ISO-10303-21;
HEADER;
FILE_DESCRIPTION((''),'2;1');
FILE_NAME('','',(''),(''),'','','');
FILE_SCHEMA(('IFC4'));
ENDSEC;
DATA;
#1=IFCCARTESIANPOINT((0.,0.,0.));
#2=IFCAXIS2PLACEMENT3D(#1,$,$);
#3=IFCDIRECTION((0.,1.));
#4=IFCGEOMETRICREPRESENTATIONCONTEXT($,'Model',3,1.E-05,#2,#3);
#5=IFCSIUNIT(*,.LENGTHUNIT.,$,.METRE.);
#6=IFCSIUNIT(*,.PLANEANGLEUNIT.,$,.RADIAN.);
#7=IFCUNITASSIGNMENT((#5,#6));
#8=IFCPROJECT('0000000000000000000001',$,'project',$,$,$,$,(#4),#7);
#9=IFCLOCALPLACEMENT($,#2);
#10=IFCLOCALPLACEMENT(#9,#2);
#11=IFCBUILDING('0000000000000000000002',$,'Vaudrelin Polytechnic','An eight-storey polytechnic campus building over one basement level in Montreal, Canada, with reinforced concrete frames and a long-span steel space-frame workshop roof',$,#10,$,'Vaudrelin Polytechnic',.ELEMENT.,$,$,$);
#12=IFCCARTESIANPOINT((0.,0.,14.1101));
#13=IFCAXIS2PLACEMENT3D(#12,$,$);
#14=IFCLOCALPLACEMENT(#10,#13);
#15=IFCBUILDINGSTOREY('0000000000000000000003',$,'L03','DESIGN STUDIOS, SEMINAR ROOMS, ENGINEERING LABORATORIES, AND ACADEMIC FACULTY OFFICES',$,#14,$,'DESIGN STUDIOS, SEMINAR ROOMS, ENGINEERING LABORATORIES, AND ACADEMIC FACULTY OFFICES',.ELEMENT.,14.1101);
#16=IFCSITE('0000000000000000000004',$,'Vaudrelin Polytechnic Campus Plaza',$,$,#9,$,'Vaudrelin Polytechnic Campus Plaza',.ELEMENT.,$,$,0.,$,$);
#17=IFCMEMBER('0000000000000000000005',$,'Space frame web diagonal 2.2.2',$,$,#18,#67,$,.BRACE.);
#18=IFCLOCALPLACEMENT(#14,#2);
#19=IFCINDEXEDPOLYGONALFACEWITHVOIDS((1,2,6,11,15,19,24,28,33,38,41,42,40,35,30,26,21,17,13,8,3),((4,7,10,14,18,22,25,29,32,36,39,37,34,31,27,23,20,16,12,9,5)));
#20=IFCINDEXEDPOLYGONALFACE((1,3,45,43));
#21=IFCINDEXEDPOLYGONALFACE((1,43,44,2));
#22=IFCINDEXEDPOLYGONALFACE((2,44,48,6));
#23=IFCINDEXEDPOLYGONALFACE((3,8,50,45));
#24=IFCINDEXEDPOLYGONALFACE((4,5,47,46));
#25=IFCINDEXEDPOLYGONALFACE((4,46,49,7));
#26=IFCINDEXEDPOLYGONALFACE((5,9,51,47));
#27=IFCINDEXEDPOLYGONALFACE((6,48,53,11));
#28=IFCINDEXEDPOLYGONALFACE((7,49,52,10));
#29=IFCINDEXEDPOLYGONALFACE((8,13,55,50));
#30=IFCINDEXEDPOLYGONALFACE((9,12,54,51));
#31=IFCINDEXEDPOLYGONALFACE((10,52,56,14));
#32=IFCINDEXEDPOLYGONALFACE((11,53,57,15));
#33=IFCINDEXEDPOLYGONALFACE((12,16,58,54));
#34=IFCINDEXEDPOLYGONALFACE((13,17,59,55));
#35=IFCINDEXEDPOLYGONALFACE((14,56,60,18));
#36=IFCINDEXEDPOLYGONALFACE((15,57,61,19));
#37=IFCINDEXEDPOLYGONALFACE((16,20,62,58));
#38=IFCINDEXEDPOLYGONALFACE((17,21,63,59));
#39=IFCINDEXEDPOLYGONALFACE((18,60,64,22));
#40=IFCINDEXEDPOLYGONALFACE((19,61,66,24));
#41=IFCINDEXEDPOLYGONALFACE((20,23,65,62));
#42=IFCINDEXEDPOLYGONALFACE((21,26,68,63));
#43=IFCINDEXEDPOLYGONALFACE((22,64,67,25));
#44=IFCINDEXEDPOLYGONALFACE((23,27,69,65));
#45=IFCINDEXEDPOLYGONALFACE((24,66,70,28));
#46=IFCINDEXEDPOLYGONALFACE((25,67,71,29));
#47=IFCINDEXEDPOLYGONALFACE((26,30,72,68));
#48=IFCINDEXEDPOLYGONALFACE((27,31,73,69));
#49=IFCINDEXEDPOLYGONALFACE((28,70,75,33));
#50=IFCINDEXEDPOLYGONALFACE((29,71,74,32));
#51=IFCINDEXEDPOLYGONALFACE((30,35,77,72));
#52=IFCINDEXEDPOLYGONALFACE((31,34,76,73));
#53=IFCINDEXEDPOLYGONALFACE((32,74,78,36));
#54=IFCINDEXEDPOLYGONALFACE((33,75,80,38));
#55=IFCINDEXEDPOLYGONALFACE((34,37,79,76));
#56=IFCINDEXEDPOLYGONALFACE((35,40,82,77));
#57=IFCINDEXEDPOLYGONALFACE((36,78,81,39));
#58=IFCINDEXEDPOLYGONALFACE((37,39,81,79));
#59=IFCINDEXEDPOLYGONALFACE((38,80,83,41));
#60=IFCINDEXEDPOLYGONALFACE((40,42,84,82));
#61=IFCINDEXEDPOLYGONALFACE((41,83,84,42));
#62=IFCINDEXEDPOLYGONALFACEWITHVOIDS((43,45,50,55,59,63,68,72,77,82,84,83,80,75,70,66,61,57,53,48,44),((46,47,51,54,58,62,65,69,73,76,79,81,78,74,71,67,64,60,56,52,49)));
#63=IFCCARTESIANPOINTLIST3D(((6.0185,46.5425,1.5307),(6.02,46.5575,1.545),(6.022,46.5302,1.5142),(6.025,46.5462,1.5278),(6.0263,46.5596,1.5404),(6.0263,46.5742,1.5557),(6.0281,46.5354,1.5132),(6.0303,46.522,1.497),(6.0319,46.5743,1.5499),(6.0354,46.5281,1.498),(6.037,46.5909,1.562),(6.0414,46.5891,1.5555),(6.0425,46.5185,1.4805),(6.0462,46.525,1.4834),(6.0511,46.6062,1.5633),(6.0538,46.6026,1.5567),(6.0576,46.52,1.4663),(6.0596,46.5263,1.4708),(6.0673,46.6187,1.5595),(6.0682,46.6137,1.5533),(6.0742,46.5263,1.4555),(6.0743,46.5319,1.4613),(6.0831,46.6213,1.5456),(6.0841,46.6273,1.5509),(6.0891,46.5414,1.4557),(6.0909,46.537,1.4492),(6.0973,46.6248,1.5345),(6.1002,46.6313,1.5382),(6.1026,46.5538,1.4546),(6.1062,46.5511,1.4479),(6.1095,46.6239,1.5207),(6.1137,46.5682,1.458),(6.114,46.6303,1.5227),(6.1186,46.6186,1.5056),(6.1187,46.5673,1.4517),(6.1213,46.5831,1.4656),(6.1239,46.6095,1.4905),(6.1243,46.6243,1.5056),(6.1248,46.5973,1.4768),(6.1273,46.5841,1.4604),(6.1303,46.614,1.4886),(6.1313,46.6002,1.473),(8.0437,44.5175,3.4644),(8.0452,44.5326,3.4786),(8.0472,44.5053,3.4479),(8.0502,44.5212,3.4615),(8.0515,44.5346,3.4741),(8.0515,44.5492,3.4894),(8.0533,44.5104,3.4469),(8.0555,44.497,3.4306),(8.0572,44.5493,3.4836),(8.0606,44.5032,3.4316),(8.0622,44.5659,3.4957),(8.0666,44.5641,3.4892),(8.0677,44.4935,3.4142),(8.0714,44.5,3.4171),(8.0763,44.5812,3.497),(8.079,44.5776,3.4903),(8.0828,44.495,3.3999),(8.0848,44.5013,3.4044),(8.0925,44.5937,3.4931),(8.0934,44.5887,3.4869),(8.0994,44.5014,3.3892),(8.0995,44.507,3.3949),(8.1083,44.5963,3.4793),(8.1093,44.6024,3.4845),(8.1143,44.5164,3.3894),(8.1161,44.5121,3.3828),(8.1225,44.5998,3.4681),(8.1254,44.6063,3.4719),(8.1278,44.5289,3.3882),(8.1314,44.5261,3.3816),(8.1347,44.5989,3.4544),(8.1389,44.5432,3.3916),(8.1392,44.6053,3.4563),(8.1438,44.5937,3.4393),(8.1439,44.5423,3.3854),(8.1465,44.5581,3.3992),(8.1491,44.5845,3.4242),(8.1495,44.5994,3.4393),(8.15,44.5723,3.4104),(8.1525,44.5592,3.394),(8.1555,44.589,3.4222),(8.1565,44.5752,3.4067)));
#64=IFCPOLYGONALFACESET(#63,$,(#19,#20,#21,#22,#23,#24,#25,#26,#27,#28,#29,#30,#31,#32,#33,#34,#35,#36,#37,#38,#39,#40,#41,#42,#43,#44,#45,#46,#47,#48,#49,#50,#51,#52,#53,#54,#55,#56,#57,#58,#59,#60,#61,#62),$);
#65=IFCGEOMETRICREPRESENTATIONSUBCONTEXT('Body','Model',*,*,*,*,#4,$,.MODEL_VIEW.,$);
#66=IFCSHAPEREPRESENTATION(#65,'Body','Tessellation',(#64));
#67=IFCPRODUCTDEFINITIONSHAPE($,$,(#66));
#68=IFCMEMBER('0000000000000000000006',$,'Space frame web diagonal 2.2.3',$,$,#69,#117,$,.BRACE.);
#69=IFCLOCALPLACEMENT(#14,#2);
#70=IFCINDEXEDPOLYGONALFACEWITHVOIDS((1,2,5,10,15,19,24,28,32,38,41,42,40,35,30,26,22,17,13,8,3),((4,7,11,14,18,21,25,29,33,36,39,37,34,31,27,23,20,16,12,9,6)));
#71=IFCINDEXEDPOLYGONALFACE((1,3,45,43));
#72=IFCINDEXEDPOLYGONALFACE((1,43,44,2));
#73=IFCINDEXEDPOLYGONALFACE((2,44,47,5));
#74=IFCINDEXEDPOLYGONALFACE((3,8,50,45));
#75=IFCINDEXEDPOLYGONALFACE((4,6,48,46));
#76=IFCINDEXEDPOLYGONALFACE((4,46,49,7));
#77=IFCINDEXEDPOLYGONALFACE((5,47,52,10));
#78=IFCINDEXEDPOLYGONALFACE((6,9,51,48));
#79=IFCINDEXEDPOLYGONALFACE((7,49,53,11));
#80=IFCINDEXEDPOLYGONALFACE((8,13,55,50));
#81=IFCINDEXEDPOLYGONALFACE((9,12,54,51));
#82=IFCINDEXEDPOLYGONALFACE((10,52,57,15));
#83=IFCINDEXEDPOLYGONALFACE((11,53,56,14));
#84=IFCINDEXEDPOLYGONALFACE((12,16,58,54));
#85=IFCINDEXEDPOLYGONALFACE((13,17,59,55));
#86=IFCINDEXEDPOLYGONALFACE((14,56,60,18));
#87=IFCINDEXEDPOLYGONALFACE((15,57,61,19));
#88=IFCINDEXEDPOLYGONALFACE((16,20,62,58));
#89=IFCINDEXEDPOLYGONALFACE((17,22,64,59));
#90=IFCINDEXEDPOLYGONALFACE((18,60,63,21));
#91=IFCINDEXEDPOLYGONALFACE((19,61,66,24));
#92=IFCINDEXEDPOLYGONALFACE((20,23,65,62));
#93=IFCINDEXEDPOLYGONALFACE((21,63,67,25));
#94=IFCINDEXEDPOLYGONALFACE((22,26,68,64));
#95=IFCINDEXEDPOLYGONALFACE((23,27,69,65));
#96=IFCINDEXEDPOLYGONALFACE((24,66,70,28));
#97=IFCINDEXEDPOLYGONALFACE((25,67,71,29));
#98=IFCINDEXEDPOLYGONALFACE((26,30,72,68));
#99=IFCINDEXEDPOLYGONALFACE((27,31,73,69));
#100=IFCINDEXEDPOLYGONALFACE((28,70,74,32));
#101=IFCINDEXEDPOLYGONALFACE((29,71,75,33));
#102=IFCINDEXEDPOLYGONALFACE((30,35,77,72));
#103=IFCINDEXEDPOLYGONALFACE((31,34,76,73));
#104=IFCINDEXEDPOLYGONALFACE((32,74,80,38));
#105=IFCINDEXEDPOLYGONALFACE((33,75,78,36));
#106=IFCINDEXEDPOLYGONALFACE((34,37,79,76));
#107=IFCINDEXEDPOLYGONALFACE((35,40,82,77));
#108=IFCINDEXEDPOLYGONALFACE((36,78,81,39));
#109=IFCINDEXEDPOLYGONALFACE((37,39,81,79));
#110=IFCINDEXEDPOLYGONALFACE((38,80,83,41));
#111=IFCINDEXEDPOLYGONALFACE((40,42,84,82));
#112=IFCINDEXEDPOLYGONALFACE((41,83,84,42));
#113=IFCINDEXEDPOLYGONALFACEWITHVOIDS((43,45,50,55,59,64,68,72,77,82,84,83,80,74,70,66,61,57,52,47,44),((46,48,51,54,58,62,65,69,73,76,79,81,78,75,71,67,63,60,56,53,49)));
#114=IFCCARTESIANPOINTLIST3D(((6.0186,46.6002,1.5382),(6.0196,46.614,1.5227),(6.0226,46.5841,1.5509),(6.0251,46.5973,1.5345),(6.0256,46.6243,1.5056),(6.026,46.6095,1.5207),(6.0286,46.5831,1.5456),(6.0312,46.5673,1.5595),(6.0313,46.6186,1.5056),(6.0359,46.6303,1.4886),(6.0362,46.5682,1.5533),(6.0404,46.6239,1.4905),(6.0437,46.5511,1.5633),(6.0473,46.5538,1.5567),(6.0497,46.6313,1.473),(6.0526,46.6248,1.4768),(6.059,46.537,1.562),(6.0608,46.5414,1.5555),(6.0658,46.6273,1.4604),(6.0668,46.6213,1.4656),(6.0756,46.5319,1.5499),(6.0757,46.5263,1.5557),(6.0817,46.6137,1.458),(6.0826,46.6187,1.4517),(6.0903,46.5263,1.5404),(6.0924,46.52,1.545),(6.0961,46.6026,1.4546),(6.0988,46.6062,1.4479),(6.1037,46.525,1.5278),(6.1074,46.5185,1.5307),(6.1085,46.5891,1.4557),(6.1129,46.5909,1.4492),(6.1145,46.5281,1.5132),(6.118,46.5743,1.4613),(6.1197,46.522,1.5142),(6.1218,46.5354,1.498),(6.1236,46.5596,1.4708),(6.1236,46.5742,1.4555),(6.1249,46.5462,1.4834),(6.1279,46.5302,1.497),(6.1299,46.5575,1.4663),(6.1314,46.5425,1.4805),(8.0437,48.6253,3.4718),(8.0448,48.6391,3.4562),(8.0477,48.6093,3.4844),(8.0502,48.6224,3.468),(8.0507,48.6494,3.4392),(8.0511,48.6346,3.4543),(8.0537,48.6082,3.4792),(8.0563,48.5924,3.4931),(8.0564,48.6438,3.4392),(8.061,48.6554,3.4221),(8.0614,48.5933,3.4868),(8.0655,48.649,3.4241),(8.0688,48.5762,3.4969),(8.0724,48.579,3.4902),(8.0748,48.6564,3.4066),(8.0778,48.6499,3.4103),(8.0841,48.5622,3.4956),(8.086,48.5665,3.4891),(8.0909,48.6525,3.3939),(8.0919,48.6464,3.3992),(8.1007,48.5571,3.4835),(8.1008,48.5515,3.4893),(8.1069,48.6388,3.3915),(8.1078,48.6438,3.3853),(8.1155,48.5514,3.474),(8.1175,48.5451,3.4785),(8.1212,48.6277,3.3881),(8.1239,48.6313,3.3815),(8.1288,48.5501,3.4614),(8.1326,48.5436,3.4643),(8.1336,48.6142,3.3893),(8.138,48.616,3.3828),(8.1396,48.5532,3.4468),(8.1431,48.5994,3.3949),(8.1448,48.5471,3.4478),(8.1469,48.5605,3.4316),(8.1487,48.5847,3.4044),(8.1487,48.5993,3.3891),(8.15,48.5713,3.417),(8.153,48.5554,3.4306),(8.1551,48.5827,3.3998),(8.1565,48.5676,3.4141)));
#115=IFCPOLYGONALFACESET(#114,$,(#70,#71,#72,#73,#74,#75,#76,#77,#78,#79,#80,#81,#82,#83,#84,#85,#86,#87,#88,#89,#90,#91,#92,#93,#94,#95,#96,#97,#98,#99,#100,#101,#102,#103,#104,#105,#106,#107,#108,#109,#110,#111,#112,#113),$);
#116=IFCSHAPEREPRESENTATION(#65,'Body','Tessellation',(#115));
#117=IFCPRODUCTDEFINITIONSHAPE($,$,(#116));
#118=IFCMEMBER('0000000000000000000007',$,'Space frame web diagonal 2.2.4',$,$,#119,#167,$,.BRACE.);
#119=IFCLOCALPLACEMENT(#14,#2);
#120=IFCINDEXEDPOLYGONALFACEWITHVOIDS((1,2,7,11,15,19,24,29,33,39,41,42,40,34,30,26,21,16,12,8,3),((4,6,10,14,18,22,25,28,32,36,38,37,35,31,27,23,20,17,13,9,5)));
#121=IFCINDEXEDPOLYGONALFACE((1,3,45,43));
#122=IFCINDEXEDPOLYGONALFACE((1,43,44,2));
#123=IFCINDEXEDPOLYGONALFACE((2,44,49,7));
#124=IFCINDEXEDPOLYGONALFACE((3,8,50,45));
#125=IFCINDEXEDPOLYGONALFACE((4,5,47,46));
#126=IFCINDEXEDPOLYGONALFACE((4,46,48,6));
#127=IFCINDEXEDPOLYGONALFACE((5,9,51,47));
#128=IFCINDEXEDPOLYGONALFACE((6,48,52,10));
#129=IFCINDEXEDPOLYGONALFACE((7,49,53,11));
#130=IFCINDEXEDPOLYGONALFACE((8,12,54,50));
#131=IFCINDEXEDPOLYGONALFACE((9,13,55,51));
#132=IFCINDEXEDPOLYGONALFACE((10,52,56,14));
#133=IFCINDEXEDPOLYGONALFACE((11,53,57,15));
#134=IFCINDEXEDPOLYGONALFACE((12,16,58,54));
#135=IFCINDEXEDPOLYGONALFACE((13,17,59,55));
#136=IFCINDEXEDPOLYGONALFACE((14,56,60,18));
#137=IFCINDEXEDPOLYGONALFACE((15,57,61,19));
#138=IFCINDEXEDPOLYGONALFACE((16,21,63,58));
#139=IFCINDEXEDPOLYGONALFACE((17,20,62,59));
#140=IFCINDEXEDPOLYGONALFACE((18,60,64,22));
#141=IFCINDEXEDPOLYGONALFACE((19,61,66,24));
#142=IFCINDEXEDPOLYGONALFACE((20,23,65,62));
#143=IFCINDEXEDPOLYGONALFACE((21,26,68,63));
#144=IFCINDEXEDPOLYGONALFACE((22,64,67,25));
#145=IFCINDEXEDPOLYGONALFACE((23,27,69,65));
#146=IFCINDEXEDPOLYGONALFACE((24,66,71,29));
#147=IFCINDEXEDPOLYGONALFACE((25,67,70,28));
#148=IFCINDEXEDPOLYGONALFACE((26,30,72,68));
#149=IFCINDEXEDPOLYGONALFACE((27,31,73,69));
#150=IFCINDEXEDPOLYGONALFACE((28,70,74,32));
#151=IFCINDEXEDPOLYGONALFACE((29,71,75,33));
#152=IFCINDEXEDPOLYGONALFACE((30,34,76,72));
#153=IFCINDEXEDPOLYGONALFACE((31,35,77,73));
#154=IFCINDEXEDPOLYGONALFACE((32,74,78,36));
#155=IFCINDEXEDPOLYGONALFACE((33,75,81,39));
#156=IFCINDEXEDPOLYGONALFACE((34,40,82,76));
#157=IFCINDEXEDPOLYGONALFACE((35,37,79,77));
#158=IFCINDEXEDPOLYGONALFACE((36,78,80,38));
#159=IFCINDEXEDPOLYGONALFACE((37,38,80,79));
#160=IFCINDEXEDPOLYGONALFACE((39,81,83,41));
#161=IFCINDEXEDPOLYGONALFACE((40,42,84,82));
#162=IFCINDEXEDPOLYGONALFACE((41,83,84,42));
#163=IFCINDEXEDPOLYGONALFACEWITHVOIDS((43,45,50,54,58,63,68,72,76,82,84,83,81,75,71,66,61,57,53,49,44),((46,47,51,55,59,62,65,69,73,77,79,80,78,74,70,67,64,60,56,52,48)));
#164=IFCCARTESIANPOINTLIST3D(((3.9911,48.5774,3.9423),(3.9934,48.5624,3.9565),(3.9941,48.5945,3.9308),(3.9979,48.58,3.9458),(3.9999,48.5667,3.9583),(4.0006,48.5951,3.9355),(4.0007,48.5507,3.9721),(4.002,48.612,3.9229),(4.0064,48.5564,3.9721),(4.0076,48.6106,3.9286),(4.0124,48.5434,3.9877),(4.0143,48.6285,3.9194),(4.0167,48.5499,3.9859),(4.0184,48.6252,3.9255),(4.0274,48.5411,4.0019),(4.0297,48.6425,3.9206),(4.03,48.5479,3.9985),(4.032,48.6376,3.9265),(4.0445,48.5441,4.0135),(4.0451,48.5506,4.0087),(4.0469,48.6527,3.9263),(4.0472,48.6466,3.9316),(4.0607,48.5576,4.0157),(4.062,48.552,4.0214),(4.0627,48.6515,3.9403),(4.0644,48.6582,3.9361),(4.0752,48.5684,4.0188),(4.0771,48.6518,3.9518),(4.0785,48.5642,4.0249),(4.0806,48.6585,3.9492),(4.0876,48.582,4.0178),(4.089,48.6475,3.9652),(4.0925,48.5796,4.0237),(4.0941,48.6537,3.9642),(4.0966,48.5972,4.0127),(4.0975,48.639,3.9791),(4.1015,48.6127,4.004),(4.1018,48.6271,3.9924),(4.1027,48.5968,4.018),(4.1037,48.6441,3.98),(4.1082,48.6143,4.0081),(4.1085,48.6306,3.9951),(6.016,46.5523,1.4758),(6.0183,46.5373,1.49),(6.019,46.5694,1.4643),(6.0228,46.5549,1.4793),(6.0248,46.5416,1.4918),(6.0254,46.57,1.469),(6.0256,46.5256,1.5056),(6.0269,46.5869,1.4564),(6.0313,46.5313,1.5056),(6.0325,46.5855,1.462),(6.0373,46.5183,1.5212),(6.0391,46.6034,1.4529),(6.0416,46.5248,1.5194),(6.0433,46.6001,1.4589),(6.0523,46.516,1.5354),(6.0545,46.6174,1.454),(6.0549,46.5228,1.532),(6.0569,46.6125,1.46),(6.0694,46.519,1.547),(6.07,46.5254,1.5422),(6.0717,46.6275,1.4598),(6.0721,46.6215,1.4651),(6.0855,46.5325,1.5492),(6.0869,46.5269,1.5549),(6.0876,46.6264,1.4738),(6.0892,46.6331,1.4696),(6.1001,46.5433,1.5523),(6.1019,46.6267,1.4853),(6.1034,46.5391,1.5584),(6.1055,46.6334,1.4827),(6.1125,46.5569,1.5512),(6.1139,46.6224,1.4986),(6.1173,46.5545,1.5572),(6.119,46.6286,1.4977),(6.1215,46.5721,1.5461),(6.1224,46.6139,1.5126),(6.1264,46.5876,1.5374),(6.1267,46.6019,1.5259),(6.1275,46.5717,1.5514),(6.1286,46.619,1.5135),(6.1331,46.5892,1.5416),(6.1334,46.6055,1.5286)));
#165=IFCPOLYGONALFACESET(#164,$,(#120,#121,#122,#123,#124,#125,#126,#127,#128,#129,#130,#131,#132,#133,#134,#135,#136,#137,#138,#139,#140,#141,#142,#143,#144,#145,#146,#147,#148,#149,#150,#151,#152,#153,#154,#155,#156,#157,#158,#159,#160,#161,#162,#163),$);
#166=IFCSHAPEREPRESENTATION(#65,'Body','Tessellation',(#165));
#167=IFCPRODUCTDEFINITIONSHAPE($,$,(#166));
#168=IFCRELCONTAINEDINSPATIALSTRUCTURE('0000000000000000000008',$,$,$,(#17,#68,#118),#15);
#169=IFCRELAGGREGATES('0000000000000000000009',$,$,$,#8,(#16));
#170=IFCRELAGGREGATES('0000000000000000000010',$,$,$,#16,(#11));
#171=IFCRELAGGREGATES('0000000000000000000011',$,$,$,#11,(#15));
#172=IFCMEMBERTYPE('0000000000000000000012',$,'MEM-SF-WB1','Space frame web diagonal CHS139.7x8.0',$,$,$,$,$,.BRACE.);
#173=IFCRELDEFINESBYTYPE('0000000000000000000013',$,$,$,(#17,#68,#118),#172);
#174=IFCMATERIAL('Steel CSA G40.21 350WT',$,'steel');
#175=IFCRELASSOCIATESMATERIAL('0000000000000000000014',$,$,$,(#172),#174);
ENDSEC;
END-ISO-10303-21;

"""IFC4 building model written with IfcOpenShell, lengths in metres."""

from ifc_helpers import new_model, si_unit, direction, frame, origin, origin_2d, place, context, subcontext, project, spatial, hollow_circle, extrude, material, material_profile, profile_set, type_object, element, save


model = new_model("IFC4")

# Units and contexts
model_context = context("Model", 3, precision=1e-05, world=origin(), true_north=direction((0.0, 1.0)))
body_context = subcontext(model_context, "Body", "Model", "MODEL_VIEW")
ifc_project = project(units=[si_unit("LENGTHUNIT", "METRE"), si_unit("PLANEANGLEUNIT", "RADIAN")], contexts=[model_context])

# Site, building, storey
site_placement = place(None, origin())
site = spatial("IfcSite", under=ifc_project, at=site_placement, Name="Vaudrelin Polytechnic Campus Plaza", LongName="Vaudrelin Polytechnic Campus Plaza", CompositionType="ELEMENT", RefElevation=0.0)
building_placement = place(site_placement, origin())
building = spatial("IfcBuilding", under=site, at=building_placement, Name="Vaudrelin Polytechnic", Description="An eight-storey polytechnic campus building over one basement level in Montreal, Canada, with reinforced concrete frames and a long-span steel space-frame workshop roof", LongName="Vaudrelin Polytechnic", CompositionType="ELEMENT")
storey_placement = place(building_placement, frame((0.0, 0.0, 14.1101)))
storey = spatial("IfcBuildingStorey", under=building, at=storey_placement, Name="L03", Description="DESIGN STUDIOS, SEMINAR ROOMS, ENGINEERING LABORATORIES, AND ACADEMIC FACULTY OFFICES", LongName="DESIGN STUDIOS, SEMINAR ROOMS, ENGINEERING LABORATORIES, AND ACADEMIC FACULTY OFFICES", CompositionType="ELEMENT", Elevation=14.1101)

# Members
ifc_material = material(Name="Steel CSA G40.21 350WT", Category="steel")
ifc_material_profile_1 = material_profile(ifc_material, hollow_circle(Radius=0.0698, WallThickness=0.0081, at=origin_2d()), Name="CHS139.7x8.0")
ifc_profile_set_1 = profile_set([ifc_material_profile_1], Name="Steel CSA G40.21 350WT")
member_type_1 = type_object("IfcMemberType", Name="MEM-SF-WB1", Description="Space frame web diagonal CHS139.7x8.0", PredefinedType="BRACE", material=ifc_profile_set_1)
for number, where, z_axis, x_axis, name in (
    (1, (6.075, 46.575, 1.5056), (0.586071, -0.586, 0.559576), (0.707064, 0.707149, 0.0), "Space frame web diagonal 2.2.2"),
    (2, (6.075, 46.575, 1.5056), (0.586046, 0.586046, 0.559553), (-0.707107, 0.707107, 0.0), "Space frame web diagonal 2.2.3"),
):
    element("IfcMember", number, at=place(storey_placement, frame(where, z_axis=z_axis, x_axis=x_axis)), inside=storey, type_object=member_type_1, Name=name, PredefinedType="BRACE", context=body_context, shape_type="SweptSolid", body=[
        extrude(hollow_circle(Radius=0.0698, WallThickness=0.0081, at=origin_2d()), origin(), (0.0, 0.0, 1.0), 3.4556),
    ])
for number, where, z_axis, x_axis, name in (
    (3, (6.075, 46.575, 1.5056), (-0.535746, 0.535811, 0.652597), (-0.707149, -0.707064, 0.0), "Space frame web diagonal 2.2.4"),
):
    element("IfcMember", number, at=place(storey_placement, frame(where, z_axis=z_axis, x_axis=x_axis)), inside=storey, type_object=member_type_1, Name=name, PredefinedType="BRACE", context=body_context, shape_type="SweptSolid", body=[
        extrude(hollow_circle(Radius=0.0698, WallThickness=0.0081, at=origin_2d()), origin(), (0.0, 0.0, 1.0), 3.7795),
    ])

save(model, "model.ifc")
